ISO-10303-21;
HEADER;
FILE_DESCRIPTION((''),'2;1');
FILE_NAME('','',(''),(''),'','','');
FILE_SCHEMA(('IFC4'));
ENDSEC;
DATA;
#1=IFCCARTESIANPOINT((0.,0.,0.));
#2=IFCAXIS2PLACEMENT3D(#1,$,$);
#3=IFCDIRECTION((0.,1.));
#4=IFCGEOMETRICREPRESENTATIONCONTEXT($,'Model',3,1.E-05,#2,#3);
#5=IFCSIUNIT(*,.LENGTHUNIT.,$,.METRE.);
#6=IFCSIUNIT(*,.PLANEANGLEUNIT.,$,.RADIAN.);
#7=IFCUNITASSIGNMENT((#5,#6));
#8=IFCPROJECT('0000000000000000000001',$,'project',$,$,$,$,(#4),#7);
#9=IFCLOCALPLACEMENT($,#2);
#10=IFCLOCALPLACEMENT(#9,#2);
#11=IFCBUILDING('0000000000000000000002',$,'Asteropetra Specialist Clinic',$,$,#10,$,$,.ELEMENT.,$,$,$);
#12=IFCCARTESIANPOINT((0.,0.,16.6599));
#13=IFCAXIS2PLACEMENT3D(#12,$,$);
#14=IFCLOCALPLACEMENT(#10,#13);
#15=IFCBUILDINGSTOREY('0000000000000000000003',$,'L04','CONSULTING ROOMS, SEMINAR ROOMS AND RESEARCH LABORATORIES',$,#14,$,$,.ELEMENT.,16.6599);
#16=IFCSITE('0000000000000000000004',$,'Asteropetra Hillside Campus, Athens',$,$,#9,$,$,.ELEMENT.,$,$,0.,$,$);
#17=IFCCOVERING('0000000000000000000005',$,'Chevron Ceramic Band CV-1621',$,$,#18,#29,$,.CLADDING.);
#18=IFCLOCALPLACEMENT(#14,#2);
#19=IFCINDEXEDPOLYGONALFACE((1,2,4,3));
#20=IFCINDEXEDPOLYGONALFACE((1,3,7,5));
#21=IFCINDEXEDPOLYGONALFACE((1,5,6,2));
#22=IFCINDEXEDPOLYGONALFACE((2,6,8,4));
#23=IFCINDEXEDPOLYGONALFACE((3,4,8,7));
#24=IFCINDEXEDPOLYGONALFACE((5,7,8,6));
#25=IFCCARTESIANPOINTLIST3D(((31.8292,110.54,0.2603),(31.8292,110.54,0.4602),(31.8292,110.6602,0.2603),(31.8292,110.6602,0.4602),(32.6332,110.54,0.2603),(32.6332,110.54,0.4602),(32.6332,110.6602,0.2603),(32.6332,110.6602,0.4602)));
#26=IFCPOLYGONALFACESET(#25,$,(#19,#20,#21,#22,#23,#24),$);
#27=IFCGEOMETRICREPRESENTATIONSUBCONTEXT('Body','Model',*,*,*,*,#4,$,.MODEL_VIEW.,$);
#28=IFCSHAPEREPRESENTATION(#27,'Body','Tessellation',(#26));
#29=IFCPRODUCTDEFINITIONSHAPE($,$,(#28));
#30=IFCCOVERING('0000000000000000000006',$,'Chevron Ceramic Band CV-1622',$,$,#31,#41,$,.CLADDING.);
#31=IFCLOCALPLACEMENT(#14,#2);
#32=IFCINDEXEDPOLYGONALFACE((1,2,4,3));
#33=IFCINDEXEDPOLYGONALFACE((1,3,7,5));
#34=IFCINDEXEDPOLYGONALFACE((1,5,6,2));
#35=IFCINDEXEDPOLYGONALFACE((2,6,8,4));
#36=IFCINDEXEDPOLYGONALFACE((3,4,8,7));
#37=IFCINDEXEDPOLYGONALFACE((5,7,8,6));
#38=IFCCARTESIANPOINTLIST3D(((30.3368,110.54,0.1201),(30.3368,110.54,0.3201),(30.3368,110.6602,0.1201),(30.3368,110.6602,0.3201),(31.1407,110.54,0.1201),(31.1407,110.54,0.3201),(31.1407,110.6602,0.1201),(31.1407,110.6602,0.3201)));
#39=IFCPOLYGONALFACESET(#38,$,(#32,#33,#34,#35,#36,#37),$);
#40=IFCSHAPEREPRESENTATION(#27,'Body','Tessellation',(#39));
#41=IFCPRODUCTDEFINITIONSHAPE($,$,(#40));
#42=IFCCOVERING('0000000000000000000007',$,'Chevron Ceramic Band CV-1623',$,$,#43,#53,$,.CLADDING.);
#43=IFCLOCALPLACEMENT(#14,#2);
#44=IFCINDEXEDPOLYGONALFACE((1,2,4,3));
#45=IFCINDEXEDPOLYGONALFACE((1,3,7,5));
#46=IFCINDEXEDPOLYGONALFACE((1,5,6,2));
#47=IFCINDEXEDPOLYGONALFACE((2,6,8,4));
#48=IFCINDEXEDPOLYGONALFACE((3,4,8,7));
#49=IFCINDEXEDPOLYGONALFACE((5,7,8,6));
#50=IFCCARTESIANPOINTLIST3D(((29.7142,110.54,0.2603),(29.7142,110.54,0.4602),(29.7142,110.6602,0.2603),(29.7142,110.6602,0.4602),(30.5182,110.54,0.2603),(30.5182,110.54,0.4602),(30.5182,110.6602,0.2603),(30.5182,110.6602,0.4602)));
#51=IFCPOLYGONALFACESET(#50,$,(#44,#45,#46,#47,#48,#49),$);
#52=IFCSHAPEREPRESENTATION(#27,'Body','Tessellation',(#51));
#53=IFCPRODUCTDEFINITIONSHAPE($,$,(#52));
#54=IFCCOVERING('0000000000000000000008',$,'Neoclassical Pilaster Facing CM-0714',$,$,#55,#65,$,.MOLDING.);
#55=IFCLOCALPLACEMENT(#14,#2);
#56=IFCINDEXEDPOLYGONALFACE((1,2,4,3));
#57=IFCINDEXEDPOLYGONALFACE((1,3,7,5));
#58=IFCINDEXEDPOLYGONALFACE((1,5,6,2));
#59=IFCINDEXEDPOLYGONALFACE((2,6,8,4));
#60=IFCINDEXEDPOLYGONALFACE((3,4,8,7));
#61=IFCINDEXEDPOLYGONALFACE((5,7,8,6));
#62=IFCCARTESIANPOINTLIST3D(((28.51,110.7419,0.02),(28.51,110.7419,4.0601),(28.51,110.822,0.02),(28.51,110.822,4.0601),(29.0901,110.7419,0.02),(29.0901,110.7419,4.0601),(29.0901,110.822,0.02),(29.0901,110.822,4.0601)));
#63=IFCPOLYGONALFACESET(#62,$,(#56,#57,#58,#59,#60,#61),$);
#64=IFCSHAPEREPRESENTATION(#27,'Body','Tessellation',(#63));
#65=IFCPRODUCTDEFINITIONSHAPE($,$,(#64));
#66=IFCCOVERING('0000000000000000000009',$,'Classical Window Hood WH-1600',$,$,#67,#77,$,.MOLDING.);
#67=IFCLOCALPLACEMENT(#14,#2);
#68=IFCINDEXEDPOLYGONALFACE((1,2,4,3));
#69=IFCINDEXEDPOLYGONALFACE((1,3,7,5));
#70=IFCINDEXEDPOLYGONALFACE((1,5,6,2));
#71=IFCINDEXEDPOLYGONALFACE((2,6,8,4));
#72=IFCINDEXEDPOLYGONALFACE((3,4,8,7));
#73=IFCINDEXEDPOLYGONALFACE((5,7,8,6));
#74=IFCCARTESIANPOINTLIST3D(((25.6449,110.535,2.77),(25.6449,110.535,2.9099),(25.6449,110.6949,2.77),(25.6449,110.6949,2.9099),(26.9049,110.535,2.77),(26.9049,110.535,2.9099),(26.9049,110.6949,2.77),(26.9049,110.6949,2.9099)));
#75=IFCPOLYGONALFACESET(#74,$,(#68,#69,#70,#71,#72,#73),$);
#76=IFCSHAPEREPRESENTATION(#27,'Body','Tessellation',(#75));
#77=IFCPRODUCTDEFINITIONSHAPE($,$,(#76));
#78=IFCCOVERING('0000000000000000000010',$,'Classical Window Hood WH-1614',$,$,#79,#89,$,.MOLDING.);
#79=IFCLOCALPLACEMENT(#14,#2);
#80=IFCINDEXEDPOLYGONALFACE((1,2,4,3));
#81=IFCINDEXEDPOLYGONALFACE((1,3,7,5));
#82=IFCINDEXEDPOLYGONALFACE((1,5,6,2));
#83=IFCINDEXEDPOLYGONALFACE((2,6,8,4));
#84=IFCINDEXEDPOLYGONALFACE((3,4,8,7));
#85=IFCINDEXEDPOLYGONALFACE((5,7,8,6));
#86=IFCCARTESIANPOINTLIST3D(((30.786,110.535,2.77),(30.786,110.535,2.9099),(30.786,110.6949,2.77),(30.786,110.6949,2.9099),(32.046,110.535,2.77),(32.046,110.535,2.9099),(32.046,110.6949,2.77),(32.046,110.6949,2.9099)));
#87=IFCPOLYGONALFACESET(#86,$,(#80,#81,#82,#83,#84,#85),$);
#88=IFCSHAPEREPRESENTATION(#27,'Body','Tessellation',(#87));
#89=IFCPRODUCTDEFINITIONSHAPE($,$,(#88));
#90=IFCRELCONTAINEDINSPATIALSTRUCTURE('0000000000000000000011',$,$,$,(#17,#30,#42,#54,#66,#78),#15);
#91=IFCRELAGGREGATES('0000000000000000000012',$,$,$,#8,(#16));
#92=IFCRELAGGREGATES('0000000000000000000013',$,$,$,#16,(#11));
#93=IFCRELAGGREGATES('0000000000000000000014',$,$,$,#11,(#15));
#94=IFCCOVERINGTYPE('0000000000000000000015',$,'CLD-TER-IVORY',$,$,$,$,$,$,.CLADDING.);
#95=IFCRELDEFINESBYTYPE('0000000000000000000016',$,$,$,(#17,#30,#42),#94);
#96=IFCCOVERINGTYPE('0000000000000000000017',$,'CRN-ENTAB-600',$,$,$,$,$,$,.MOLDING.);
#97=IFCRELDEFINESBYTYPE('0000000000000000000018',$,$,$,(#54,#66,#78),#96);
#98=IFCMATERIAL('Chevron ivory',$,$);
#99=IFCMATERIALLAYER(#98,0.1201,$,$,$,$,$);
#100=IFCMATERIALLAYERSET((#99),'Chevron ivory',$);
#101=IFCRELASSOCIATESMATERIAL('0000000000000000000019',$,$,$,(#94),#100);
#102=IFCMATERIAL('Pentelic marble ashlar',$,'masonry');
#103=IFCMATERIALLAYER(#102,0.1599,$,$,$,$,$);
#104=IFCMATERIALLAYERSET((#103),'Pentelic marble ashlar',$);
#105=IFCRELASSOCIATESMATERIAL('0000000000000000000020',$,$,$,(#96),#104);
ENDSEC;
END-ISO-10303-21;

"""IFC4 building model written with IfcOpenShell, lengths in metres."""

from ifc_helpers import new_model, si_unit, direction, frame, origin, origin_2d, place, context, subcontext, project, spatial, rectangle, extrude, material, layer, layer_set, type_object, element, save


model = new_model("IFC4")

# Units and contexts
model_context = context("Model", 3, precision=1e-05, world=origin(), true_north=direction((0.0, 1.0)))
body_context = subcontext(model_context, "Body", "Model", "MODEL_VIEW")
ifc_project = project(units=[si_unit("LENGTHUNIT", "METRE"), si_unit("PLANEANGLEUNIT", "RADIAN")], contexts=[model_context])

# Site, building, storey
site_placement = place(None, origin())
site = spatial("IfcSite", under=ifc_project, at=site_placement, Name="Asteropetra Hillside Campus, Athens", CompositionType="ELEMENT", RefElevation=0.0)
building_placement = place(site_placement, origin())
building = spatial("IfcBuilding", under=site, at=building_placement, Name="Asteropetra Specialist Clinic", CompositionType="ELEMENT")
storey_placement = place(building_placement, frame((0.0, 0.0, 16.6599)))
storey = spatial("IfcBuildingStorey", under=building, at=storey_placement, Name="L04", Description="CONSULTING ROOMS, SEMINAR ROOMS AND RESEARCH LABORATORIES", CompositionType="ELEMENT", Elevation=16.6599)

# Coverings
ifc_material_1 = material(Name="Chevron ivory")
ifc_layer_1 = layer(ifc_material_1, 0.1201)
ifc_layer_set_1 = layer_set([ifc_layer_1], Name="Chevron ivory")
covering_type_1 = type_object("IfcCoveringType", Name="CLD-TER-IVORY", PredefinedType="CLADDING", material=ifc_layer_set_1)
for number, where, z_axis, x_axis, name in (
    (1, (32.2312, 110.6001, 0.2603), (0.0, 0.0, 1.0), (1.0, 0.0, 0.0), "Chevron Ceramic Band CV-1621"),
    (2, (30.7388, 110.6001, 0.1201), (0.0, 0.0, 1.0), (1.0, 0.0, 0.0), "Chevron Ceramic Band CV-1622"),
    (3, (30.1162, 110.6001, 0.2603), (0.0, 0.0, 1.0), (1.0, 0.0, 0.0), "Chevron Ceramic Band CV-1623"),
):
    element("IfcCovering", number, at=place(storey_placement, frame(where, z_axis=z_axis, x_axis=x_axis)), inside=storey, type_object=covering_type_1, Name=name, PredefinedType="CLADDING", context=body_context, shape_type="SweptSolid", body=[
        extrude(rectangle(XDim=0.804, YDim=0.1201, at=origin_2d()), origin(), (0.0, 0.0, 1.0), 0.2),
    ])
ifc_material_2 = material(Name="Pentelic marble ashlar", Category="masonry")
ifc_layer_2 = layer(ifc_material_2, 0.1599)
ifc_layer_set_2 = layer_set([ifc_layer_2], Name="Pentelic marble ashlar")
covering_type_2 = type_object("IfcCoveringType", Name="CRN-ENTAB-600", PredefinedType="MOLDING", material=ifc_layer_set_2)
covering_placement = place(storey_placement, frame((28.8, 110.782, 0.02), z_axis=(0.0, 0.0, 1.0), x_axis=(1.0, 0.0, 0.0)))
element("IfcCovering", 4, at=covering_placement, inside=storey, type_object=covering_type_2, Name="Neoclassical Pilaster Facing CM-0714", PredefinedType="MOLDING", context=body_context, shape_type="SweptSolid", body=[
    extrude(rectangle(XDim=0.5801, YDim=0.0801, at=origin_2d()), origin(), (0.0, 0.0, 1.0), 4.04),
])
for number, where, z_axis, x_axis, name in (
    (5, (26.2749, 110.615, 2.77), (0.0, 0.0, 1.0), (1.0, 0.0, 0.0), "Classical Window Hood WH-1600"),
    (6, (31.416, 110.615, 2.77), (0.0, 0.0, 1.0), (1.0, 0.0, 0.0), "Classical Window Hood WH-1614"),
):
    element("IfcCovering", number, at=place(storey_placement, frame(where, z_axis=z_axis, x_axis=x_axis)), inside=storey, type_object=covering_type_2, Name=name, PredefinedType="MOLDING", context=body_context, shape_type="SweptSolid", body=[
        extrude(rectangle(XDim=1.26, YDim=0.1599, at=origin_2d()), origin(), (0.0, 0.0, 1.0), 0.1399),
    ])

save(model, "model.ifc")
